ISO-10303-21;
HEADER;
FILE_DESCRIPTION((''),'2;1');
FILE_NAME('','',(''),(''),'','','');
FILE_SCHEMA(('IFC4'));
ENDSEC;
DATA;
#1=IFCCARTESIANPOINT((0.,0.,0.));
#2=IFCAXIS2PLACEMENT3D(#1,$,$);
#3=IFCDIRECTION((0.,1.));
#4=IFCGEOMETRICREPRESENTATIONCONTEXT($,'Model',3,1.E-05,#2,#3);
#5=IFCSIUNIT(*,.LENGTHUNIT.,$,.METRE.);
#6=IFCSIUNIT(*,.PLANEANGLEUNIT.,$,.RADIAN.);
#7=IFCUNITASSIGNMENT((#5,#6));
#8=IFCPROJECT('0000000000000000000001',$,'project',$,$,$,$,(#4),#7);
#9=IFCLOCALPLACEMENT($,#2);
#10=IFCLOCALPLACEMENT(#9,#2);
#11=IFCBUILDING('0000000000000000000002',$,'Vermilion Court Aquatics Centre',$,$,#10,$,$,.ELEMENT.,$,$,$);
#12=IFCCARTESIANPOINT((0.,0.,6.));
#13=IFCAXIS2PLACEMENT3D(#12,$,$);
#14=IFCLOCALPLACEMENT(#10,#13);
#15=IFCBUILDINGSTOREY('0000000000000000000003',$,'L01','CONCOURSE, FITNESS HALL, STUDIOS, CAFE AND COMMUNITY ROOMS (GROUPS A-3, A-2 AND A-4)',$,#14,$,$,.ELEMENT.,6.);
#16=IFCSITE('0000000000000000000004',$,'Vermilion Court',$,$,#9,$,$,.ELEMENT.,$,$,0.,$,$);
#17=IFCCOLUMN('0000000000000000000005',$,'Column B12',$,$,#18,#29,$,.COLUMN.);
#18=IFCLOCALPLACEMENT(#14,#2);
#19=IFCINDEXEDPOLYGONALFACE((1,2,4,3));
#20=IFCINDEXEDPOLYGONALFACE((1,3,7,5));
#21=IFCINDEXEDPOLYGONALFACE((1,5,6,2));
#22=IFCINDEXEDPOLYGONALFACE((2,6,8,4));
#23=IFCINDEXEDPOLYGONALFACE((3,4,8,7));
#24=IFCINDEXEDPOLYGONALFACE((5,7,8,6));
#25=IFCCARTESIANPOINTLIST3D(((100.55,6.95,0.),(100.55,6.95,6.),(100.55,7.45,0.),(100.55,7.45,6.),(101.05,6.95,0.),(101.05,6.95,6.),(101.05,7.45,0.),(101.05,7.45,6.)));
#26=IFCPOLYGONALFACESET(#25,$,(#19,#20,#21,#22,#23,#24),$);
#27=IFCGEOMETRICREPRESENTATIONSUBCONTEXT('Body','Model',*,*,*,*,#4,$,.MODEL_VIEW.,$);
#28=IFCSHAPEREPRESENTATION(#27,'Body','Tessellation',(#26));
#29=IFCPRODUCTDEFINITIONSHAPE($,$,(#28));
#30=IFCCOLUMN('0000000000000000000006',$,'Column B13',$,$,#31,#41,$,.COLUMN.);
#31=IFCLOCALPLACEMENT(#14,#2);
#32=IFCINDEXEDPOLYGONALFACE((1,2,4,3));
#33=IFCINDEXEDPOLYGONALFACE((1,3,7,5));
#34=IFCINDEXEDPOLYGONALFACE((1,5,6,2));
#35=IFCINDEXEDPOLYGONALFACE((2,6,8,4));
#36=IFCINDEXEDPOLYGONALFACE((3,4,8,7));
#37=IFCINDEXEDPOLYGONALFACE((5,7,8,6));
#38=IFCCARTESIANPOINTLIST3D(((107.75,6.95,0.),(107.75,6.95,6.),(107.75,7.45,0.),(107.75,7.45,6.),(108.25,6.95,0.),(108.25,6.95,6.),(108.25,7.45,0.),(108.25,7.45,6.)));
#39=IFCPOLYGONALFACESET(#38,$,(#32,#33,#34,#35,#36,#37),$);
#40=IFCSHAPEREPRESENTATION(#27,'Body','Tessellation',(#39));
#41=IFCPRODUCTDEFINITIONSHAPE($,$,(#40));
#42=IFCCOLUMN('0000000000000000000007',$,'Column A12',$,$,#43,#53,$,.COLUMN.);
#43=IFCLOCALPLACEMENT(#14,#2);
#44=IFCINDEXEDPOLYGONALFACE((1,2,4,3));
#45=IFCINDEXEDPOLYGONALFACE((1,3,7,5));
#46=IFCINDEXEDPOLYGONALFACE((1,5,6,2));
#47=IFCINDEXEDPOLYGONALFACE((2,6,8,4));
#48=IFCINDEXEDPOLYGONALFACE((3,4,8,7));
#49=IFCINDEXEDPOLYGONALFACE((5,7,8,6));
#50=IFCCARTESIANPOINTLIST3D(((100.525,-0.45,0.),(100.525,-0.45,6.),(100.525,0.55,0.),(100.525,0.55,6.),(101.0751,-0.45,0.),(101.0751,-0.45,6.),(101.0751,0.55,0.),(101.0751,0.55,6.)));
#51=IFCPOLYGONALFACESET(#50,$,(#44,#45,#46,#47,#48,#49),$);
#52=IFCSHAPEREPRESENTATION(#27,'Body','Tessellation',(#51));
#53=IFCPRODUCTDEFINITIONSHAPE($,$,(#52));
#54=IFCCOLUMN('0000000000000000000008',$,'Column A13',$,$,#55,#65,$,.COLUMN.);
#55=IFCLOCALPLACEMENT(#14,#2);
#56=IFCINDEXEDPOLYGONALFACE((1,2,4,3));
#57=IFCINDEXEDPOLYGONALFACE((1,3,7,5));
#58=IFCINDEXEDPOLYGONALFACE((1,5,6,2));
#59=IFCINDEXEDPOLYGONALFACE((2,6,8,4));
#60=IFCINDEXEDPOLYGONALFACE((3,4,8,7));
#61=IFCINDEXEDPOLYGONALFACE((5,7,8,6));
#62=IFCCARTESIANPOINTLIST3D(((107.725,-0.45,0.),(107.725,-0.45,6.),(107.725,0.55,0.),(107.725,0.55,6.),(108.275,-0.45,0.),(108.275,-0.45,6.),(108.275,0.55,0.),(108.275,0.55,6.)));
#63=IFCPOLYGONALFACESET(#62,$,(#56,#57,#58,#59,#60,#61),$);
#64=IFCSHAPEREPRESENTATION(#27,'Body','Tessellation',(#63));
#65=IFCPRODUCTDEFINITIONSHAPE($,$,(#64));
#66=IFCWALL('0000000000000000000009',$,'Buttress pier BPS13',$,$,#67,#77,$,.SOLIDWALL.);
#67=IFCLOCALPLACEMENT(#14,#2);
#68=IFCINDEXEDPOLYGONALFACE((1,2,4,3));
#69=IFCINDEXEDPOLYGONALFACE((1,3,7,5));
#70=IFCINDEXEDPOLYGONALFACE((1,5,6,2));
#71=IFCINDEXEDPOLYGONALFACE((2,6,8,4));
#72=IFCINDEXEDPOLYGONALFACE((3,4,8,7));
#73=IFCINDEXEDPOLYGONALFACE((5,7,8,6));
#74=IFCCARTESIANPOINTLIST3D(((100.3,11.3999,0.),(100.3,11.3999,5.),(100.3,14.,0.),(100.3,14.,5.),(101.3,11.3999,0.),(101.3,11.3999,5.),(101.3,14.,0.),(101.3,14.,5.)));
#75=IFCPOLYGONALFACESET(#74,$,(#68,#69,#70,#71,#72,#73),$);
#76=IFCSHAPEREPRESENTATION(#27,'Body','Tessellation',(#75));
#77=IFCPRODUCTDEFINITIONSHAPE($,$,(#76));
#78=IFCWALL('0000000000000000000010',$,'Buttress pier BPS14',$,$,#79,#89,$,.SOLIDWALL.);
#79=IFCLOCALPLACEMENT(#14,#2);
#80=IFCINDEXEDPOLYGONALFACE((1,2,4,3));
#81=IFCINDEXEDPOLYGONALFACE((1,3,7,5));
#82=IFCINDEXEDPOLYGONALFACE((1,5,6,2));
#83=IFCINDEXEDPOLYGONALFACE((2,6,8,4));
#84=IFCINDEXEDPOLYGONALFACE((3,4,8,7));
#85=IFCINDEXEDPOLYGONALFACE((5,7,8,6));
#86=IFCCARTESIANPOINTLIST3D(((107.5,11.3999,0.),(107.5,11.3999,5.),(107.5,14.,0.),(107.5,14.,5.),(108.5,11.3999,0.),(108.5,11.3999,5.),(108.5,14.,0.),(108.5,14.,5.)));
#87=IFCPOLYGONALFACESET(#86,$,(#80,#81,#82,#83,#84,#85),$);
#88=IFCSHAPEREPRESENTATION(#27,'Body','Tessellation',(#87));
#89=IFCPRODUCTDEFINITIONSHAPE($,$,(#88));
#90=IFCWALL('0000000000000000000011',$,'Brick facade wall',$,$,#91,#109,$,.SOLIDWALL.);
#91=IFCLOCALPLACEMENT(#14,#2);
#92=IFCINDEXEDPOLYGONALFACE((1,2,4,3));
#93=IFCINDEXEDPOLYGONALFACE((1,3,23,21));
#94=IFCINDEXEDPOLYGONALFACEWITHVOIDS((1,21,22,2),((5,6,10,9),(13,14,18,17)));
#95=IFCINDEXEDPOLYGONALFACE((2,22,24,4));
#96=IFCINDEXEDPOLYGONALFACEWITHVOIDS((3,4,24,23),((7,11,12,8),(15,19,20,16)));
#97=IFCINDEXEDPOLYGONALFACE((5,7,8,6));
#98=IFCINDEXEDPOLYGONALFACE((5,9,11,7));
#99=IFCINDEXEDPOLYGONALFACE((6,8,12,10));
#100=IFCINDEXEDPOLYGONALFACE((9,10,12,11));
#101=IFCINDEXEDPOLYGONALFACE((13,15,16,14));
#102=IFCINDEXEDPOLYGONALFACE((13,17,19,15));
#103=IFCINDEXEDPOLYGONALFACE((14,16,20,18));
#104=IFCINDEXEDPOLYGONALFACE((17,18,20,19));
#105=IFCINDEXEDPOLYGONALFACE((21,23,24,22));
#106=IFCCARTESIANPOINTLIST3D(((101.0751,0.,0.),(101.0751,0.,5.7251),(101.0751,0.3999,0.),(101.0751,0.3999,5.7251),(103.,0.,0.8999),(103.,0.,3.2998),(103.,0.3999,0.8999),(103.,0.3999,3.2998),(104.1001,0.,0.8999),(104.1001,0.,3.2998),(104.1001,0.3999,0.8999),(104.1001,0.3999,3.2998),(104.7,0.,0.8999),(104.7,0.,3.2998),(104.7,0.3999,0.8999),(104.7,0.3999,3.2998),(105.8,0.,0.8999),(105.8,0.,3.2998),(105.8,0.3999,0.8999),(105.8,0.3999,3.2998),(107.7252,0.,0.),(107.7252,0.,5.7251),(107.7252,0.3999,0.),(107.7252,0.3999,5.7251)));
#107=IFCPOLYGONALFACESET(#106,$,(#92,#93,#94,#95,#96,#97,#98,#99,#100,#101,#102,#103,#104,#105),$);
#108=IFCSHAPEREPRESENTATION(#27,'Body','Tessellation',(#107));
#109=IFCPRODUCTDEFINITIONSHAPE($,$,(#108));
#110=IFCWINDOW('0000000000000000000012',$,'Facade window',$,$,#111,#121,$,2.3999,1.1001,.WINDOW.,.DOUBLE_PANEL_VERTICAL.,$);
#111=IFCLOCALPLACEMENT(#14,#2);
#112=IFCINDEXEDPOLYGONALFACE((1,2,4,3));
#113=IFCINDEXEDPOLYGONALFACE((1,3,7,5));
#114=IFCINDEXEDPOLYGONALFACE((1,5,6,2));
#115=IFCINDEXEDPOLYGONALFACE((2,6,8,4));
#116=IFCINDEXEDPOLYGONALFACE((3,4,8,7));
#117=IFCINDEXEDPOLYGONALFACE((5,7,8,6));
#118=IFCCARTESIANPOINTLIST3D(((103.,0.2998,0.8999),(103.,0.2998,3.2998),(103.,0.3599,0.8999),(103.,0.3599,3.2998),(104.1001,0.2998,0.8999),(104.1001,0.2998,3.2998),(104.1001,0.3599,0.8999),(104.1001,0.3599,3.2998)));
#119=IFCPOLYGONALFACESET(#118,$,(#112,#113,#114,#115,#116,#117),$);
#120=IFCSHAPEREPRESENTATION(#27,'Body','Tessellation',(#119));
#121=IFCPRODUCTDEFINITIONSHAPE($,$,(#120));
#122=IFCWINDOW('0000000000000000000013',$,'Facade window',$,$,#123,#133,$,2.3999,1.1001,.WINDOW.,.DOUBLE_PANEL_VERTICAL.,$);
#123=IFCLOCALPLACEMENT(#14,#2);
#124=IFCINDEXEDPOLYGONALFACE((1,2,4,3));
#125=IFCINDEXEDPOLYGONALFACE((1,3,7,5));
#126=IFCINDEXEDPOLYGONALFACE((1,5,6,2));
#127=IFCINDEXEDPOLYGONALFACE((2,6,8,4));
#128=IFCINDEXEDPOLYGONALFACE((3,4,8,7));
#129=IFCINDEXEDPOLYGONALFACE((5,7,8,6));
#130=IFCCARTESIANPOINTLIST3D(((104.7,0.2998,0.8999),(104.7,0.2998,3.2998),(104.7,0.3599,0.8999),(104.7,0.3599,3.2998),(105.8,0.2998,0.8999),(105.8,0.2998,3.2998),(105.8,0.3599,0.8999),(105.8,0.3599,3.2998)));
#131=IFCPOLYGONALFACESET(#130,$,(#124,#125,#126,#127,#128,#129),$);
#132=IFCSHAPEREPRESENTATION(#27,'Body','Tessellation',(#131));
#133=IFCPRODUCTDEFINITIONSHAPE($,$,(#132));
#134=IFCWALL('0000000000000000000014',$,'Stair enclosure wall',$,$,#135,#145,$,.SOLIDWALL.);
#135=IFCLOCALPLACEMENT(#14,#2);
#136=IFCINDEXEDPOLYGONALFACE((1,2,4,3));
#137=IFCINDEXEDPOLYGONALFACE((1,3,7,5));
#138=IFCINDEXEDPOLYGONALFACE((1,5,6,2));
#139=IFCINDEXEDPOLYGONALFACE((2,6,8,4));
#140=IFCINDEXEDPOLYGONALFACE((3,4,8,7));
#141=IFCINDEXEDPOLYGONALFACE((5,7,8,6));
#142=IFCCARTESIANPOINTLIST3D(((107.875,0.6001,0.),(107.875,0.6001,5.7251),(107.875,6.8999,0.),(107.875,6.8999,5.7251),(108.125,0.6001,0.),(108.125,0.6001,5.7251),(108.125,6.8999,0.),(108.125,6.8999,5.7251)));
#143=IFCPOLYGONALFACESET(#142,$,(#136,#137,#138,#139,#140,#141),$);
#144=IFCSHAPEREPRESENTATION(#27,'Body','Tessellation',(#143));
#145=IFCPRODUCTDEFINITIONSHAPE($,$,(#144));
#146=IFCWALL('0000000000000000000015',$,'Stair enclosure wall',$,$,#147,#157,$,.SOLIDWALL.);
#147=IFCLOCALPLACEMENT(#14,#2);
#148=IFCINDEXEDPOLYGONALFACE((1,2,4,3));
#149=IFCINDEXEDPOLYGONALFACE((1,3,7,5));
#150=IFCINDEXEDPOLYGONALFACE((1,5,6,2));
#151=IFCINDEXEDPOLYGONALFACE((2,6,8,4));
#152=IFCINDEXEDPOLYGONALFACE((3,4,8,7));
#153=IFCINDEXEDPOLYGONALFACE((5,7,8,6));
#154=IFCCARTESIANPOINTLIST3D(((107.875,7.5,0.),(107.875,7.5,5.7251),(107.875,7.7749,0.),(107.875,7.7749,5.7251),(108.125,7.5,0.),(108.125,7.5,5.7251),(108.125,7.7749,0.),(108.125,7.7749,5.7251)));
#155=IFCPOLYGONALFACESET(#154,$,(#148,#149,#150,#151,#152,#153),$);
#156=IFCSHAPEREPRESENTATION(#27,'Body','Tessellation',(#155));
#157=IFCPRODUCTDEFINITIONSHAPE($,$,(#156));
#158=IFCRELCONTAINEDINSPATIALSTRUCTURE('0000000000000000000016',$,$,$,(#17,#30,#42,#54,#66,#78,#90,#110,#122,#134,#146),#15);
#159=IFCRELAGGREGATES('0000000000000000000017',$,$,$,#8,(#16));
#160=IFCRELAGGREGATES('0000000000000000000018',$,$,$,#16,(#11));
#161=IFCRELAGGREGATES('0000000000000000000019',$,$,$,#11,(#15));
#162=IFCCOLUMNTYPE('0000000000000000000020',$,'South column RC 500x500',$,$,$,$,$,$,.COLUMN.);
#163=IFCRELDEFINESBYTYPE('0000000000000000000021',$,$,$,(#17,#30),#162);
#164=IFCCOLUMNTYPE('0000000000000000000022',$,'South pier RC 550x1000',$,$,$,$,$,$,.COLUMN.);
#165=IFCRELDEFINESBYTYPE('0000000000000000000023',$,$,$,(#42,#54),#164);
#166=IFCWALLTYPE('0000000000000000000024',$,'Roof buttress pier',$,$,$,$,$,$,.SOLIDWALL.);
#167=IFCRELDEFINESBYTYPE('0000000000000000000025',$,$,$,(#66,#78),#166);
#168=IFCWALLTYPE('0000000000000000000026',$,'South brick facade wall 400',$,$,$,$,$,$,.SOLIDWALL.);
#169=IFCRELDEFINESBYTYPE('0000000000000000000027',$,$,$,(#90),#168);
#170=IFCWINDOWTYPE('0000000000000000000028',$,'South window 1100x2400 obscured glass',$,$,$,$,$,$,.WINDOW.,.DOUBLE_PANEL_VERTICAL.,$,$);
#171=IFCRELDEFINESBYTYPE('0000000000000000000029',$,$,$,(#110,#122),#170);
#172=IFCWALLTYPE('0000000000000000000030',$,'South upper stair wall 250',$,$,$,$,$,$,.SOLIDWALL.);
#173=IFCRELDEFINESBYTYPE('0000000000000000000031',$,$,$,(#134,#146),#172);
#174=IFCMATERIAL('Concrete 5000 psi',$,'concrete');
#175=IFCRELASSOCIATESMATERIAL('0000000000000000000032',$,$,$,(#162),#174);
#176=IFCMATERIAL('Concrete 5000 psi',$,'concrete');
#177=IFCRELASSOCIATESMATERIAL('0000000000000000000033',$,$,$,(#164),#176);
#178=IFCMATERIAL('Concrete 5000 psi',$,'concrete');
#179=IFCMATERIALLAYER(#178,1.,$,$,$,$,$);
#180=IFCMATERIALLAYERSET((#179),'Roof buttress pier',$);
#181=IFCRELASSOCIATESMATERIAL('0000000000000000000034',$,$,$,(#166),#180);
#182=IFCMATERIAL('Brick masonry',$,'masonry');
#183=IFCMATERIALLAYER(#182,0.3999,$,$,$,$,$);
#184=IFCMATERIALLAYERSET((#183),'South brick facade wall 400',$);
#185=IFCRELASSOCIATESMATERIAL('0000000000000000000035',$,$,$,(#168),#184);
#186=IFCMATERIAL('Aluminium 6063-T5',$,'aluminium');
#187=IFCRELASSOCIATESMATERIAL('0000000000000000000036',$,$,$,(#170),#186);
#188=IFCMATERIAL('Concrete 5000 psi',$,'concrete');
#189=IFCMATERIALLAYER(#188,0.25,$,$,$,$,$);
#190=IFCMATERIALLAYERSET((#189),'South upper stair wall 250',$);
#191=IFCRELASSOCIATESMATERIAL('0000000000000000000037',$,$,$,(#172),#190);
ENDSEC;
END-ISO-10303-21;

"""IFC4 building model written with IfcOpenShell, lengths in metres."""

from ifc_helpers import new_model, si_unit, direction, frame, frame_2d, origin, origin_2d, place, context, subcontext, project, spatial, rectangle, extrude, material, layer, layer_set, material_profile, profile_set, type_object, element, fill, save


model = new_model("IFC4")

# Units and contexts
model_context = context("Model", 3, precision=1e-05, world=origin(), true_north=direction((0.0, 1.0)))
body_context = subcontext(model_context, "Body", "Model", "MODEL_VIEW")
ifc_project = project(units=[si_unit("LENGTHUNIT", "METRE"), si_unit("PLANEANGLEUNIT", "RADIAN")], contexts=[model_context])

# Site, building, storey
site_placement = place(None, origin())
site = spatial("IfcSite", under=ifc_project, at=site_placement, Name="Vermilion Court", CompositionType="ELEMENT", RefElevation=0.0)
building_placement = place(site_placement, origin())
building = spatial("IfcBuilding", under=site, at=building_placement, Name="Vermilion Court Aquatics Centre", CompositionType="ELEMENT")
storey_placement = place(building_placement, frame((0.0, 0.0, 6.0)))
storey = spatial("IfcBuildingStorey", under=building, at=storey_placement, Name="L01", Description="CONCOURSE, FITNESS HALL, STUDIOS, CAFE AND COMMUNITY ROOMS (GROUPS A-3, A-2 AND A-4)", CompositionType="ELEMENT", Elevation=6.0)

# Columns
ifc_material_1 = material(Name="Concrete 5000 psi", Category="concrete")
ifc_material_profile_1 = material_profile(ifc_material_1, rectangle(XDim=0.5, YDim=0.5, at=origin_2d()), Name="RC 500x500")
ifc_profile_set_1 = profile_set([ifc_material_profile_1], Name="Concrete 5000 psi")
column_type_1 = type_object("IfcColumnType", Name="South column RC 500x500", PredefinedType="COLUMN", material=ifc_profile_set_1)
for number, where, z_axis, x_axis, name in (
    (1, (100.8, 7.2, 0.0), (0.0, 0.0, 1.0), (1.0, 0.0, 0.0), "Column B12"),
    (2, (108.0, 7.2, 0.0), (0.0, 0.0, 1.0), (1.0, 0.0, 0.0), "Column B13"),
):
    element("IfcColumn", number, at=place(storey_placement, frame(where, z_axis=z_axis, x_axis=x_axis)), inside=storey, type_object=column_type_1, Name=name, PredefinedType="COLUMN", context=body_context, shape_type="SweptSolid", body=[
        extrude(rectangle(XDim=0.5, YDim=0.5, at=origin_2d()), origin(), (0.0, 0.0, 1.0), 6.0),
    ])
ifc_material_2 = material(Name="Concrete 5000 psi", Category="concrete")
ifc_material_profile_2 = material_profile(ifc_material_2, rectangle(XDim=0.55, YDim=1.0, at=origin_2d()), Name="RC 550x1000")
ifc_profile_set_2 = profile_set([ifc_material_profile_2], Name="Concrete 5000 psi")
column_type_2 = type_object("IfcColumnType", Name="South pier RC 550x1000", PredefinedType="COLUMN", material=ifc_profile_set_2)
for number, where, z_axis, x_axis, name in (
    (3, (100.8, 0.05, 0.0), (0.0, 0.0, 1.0), (1.0, 0.0, 0.0), "Column A12"),
    (4, (108.0, 0.05, 0.0), (0.0, 0.0, 1.0), (1.0, 0.0, 0.0), "Column A13"),
):
    element("IfcColumn", number, at=place(storey_placement, frame(where, z_axis=z_axis, x_axis=x_axis)), inside=storey, type_object=column_type_2, Name=name, PredefinedType="COLUMN", context=body_context, shape_type="SweptSolid", body=[
        extrude(rectangle(XDim=0.55, YDim=1.0, at=origin_2d()), origin(), (0.0, 0.0, 1.0), 6.0),
    ])

# Walls
ifc_material_3 = material(Name="Concrete 5000 psi", Category="concrete")
ifc_layer_1 = layer(ifc_material_3, 1.0)
ifc_layer_set_1 = layer_set([ifc_layer_1], Name="Roof buttress pier")
wall_type_1 = type_object("IfcWallType", Name="Roof buttress pier", PredefinedType="SOLIDWALL", material=ifc_layer_set_1)
for number, where, z_axis, x_axis, name in (
    (5, (100.8, 11.3999, 0.0), (0.0, 0.0, 1.0), (0.0, 1.0, 0.0), "Buttress pier BPS13"),
    (6, (108.0, 11.3999, 0.0), (0.0, 0.0, 1.0), (0.0, 1.0, 0.0), "Buttress pier BPS14"),
):
    element("IfcWall", number, at=place(storey_placement, frame(where, z_axis=z_axis, x_axis=x_axis)), inside=storey, type_object=wall_type_1, Name=name, PredefinedType="SOLIDWALL", context=body_context, shape_type="SweptSolid", body=[
        extrude(rectangle(XDim=2.6001, YDim=1.0, at=frame_2d((1.3, 0.0))), origin(), (0.0, 0.0, 1.0), 5.0),
    ])

# Wall, openings, windows
ifc_material_4 = material(Name="Brick masonry", Category="masonry")
ifc_layer_2 = layer(ifc_material_4, 0.3999)
ifc_layer_set_2 = layer_set([ifc_layer_2], Name="South brick facade wall 400")
wall_type_2 = type_object("IfcWallType", Name="South brick facade wall 400", PredefinedType="SOLIDWALL", material=ifc_layer_set_2)
wall_1_placement = place(storey_placement, frame((101.075, 0.2, 0.0), z_axis=(0.0, 0.0, 1.0), x_axis=(1.0, 0.0, 0.0)))
wall_1 = element("IfcWall", 7, at=wall_1_placement, inside=storey, type_object=wall_type_2, Name="Brick facade wall", PredefinedType="SOLIDWALL", context=body_context, shape_type="SweptSolid", body=[
    extrude(rectangle(XDim=6.6501, YDim=0.3999, at=frame_2d((3.3252, 0.0))), origin(), (0.0, 0.0, 1.0), 5.7251),
])
opening_1_placement = place(wall_1_placement, frame((1.925, 0.0, 0.8999)))
opening_1 = element("IfcOpeningElement", 8, at=opening_1_placement, cuts=wall_1, PredefinedType="OPENING", context=body_context, shape_type="SweptSolid", body=[
    extrude(rectangle(XDim=1.1001, YDim=2.3999, at=frame_2d((0.55, 1.2))), frame((0.0, 0.21, 0.0), z_axis=(0.0, -1.0, 0.0), x_axis=(1.0, 0.0, 0.0)), (0.0, 0.0, 1.0), 0.4199),
])
opening_2_placement = place(wall_1_placement, frame((3.625, 0.0, 0.8999)))
opening_2 = element("IfcOpeningElement", 9, at=opening_2_placement, cuts=wall_1, PredefinedType="OPENING", context=body_context, shape_type="SweptSolid", body=[
    extrude(rectangle(XDim=1.1001, YDim=2.3999, at=frame_2d((0.55, 1.2))), frame((0.0, 0.21, 0.0), z_axis=(0.0, -1.0, 0.0), x_axis=(1.0, 0.0, 0.0)), (0.0, 0.0, 1.0), 0.4199),
])
ifc_material_5 = material(Name="Aluminium 6063-T5", Category="aluminium")
window_type = type_object("IfcWindowType", Name="South window 1100x2400 obscured glass", PartitioningType="DOUBLE_PANEL_VERTICAL", PredefinedType="WINDOW", material=ifc_material_5)
window_1_placement = place(opening_1_placement, origin())
window_1 = element("IfcWindow", 10, at=window_1_placement, inside=storey, type_object=window_type, Name="Facade window", OverallHeight=2.3999, OverallWidth=1.1001, PartitioningType="DOUBLE_PANEL_VERTICAL", PredefinedType="WINDOW", context=body_context, shape_type="SweptSolid", body=[
    extrude(rectangle(XDim=1.1001, YDim=2.3999, at=frame_2d((0.55, 1.2))), frame((0.0, 0.1599, 0.0), z_axis=(0.0, -1.0, 0.0), x_axis=(1.0, 0.0, 0.0)), (0.0, 0.0, 1.0), 0.0601),
])
fill(opening_1, window_1)
window_2_placement = place(opening_2_placement, origin())
window_2 = element("IfcWindow", 11, at=window_2_placement, inside=storey, type_object=window_type, Name="Facade window", OverallHeight=2.3999, OverallWidth=1.1001, PartitioningType="DOUBLE_PANEL_VERTICAL", PredefinedType="WINDOW", context=body_context, shape_type="SweptSolid", body=[
    extrude(rectangle(XDim=1.1001, YDim=2.3999, at=frame_2d((0.55, 1.2))), frame((0.0, 0.1599, 0.0), z_axis=(0.0, -1.0, 0.0), x_axis=(1.0, 0.0, 0.0)), (0.0, 0.0, 1.0), 0.0601),
])
fill(opening_2, window_2)

# Walls
ifc_material_6 = material(Name="Concrete 5000 psi", Category="concrete")
ifc_layer_3 = layer(ifc_material_6, 0.25)
ifc_layer_set_3 = layer_set([ifc_layer_3], Name="South upper stair wall 250")
wall_type_3 = type_object("IfcWallType", Name="South upper stair wall 250", PredefinedType="SOLIDWALL", material=ifc_layer_set_3)
wall_2_placement = place(storey_placement, frame((108.0, 0.6001, 0.0), z_axis=(0.0, 0.0, 1.0), x_axis=(0.0, 1.0, 0.0)))
element("IfcWall", 12, at=wall_2_placement, inside=storey, type_object=wall_type_3, Name="Stair enclosure wall", PredefinedType="SOLIDWALL", context=body_context, shape_type="SweptSolid", body=[
    extrude(rectangle(XDim=6.2998, YDim=0.25, at=frame_2d((3.1499, 0.0))), origin(), (0.0, 0.0, 1.0), 5.7251),
])
wall_3_placement = place(storey_placement, frame((108.0, 7.5, 0.0), z_axis=(0.0, 0.0, 1.0), x_axis=(0.0, 1.0, 0.0)))
element("IfcWall", 13, at=wall_3_placement, inside=storey, type_object=wall_type_3, Name="Stair enclosure wall", PredefinedType="SOLIDWALL", context=body_context, shape_type="SweptSolid", body=[
    extrude(rectangle(XDim=0.2749, YDim=0.25, at=frame_2d((0.1375, 0.0))), origin(), (0.0, 0.0, 1.0), 5.7251),
])

save(model, "model.ifc")
